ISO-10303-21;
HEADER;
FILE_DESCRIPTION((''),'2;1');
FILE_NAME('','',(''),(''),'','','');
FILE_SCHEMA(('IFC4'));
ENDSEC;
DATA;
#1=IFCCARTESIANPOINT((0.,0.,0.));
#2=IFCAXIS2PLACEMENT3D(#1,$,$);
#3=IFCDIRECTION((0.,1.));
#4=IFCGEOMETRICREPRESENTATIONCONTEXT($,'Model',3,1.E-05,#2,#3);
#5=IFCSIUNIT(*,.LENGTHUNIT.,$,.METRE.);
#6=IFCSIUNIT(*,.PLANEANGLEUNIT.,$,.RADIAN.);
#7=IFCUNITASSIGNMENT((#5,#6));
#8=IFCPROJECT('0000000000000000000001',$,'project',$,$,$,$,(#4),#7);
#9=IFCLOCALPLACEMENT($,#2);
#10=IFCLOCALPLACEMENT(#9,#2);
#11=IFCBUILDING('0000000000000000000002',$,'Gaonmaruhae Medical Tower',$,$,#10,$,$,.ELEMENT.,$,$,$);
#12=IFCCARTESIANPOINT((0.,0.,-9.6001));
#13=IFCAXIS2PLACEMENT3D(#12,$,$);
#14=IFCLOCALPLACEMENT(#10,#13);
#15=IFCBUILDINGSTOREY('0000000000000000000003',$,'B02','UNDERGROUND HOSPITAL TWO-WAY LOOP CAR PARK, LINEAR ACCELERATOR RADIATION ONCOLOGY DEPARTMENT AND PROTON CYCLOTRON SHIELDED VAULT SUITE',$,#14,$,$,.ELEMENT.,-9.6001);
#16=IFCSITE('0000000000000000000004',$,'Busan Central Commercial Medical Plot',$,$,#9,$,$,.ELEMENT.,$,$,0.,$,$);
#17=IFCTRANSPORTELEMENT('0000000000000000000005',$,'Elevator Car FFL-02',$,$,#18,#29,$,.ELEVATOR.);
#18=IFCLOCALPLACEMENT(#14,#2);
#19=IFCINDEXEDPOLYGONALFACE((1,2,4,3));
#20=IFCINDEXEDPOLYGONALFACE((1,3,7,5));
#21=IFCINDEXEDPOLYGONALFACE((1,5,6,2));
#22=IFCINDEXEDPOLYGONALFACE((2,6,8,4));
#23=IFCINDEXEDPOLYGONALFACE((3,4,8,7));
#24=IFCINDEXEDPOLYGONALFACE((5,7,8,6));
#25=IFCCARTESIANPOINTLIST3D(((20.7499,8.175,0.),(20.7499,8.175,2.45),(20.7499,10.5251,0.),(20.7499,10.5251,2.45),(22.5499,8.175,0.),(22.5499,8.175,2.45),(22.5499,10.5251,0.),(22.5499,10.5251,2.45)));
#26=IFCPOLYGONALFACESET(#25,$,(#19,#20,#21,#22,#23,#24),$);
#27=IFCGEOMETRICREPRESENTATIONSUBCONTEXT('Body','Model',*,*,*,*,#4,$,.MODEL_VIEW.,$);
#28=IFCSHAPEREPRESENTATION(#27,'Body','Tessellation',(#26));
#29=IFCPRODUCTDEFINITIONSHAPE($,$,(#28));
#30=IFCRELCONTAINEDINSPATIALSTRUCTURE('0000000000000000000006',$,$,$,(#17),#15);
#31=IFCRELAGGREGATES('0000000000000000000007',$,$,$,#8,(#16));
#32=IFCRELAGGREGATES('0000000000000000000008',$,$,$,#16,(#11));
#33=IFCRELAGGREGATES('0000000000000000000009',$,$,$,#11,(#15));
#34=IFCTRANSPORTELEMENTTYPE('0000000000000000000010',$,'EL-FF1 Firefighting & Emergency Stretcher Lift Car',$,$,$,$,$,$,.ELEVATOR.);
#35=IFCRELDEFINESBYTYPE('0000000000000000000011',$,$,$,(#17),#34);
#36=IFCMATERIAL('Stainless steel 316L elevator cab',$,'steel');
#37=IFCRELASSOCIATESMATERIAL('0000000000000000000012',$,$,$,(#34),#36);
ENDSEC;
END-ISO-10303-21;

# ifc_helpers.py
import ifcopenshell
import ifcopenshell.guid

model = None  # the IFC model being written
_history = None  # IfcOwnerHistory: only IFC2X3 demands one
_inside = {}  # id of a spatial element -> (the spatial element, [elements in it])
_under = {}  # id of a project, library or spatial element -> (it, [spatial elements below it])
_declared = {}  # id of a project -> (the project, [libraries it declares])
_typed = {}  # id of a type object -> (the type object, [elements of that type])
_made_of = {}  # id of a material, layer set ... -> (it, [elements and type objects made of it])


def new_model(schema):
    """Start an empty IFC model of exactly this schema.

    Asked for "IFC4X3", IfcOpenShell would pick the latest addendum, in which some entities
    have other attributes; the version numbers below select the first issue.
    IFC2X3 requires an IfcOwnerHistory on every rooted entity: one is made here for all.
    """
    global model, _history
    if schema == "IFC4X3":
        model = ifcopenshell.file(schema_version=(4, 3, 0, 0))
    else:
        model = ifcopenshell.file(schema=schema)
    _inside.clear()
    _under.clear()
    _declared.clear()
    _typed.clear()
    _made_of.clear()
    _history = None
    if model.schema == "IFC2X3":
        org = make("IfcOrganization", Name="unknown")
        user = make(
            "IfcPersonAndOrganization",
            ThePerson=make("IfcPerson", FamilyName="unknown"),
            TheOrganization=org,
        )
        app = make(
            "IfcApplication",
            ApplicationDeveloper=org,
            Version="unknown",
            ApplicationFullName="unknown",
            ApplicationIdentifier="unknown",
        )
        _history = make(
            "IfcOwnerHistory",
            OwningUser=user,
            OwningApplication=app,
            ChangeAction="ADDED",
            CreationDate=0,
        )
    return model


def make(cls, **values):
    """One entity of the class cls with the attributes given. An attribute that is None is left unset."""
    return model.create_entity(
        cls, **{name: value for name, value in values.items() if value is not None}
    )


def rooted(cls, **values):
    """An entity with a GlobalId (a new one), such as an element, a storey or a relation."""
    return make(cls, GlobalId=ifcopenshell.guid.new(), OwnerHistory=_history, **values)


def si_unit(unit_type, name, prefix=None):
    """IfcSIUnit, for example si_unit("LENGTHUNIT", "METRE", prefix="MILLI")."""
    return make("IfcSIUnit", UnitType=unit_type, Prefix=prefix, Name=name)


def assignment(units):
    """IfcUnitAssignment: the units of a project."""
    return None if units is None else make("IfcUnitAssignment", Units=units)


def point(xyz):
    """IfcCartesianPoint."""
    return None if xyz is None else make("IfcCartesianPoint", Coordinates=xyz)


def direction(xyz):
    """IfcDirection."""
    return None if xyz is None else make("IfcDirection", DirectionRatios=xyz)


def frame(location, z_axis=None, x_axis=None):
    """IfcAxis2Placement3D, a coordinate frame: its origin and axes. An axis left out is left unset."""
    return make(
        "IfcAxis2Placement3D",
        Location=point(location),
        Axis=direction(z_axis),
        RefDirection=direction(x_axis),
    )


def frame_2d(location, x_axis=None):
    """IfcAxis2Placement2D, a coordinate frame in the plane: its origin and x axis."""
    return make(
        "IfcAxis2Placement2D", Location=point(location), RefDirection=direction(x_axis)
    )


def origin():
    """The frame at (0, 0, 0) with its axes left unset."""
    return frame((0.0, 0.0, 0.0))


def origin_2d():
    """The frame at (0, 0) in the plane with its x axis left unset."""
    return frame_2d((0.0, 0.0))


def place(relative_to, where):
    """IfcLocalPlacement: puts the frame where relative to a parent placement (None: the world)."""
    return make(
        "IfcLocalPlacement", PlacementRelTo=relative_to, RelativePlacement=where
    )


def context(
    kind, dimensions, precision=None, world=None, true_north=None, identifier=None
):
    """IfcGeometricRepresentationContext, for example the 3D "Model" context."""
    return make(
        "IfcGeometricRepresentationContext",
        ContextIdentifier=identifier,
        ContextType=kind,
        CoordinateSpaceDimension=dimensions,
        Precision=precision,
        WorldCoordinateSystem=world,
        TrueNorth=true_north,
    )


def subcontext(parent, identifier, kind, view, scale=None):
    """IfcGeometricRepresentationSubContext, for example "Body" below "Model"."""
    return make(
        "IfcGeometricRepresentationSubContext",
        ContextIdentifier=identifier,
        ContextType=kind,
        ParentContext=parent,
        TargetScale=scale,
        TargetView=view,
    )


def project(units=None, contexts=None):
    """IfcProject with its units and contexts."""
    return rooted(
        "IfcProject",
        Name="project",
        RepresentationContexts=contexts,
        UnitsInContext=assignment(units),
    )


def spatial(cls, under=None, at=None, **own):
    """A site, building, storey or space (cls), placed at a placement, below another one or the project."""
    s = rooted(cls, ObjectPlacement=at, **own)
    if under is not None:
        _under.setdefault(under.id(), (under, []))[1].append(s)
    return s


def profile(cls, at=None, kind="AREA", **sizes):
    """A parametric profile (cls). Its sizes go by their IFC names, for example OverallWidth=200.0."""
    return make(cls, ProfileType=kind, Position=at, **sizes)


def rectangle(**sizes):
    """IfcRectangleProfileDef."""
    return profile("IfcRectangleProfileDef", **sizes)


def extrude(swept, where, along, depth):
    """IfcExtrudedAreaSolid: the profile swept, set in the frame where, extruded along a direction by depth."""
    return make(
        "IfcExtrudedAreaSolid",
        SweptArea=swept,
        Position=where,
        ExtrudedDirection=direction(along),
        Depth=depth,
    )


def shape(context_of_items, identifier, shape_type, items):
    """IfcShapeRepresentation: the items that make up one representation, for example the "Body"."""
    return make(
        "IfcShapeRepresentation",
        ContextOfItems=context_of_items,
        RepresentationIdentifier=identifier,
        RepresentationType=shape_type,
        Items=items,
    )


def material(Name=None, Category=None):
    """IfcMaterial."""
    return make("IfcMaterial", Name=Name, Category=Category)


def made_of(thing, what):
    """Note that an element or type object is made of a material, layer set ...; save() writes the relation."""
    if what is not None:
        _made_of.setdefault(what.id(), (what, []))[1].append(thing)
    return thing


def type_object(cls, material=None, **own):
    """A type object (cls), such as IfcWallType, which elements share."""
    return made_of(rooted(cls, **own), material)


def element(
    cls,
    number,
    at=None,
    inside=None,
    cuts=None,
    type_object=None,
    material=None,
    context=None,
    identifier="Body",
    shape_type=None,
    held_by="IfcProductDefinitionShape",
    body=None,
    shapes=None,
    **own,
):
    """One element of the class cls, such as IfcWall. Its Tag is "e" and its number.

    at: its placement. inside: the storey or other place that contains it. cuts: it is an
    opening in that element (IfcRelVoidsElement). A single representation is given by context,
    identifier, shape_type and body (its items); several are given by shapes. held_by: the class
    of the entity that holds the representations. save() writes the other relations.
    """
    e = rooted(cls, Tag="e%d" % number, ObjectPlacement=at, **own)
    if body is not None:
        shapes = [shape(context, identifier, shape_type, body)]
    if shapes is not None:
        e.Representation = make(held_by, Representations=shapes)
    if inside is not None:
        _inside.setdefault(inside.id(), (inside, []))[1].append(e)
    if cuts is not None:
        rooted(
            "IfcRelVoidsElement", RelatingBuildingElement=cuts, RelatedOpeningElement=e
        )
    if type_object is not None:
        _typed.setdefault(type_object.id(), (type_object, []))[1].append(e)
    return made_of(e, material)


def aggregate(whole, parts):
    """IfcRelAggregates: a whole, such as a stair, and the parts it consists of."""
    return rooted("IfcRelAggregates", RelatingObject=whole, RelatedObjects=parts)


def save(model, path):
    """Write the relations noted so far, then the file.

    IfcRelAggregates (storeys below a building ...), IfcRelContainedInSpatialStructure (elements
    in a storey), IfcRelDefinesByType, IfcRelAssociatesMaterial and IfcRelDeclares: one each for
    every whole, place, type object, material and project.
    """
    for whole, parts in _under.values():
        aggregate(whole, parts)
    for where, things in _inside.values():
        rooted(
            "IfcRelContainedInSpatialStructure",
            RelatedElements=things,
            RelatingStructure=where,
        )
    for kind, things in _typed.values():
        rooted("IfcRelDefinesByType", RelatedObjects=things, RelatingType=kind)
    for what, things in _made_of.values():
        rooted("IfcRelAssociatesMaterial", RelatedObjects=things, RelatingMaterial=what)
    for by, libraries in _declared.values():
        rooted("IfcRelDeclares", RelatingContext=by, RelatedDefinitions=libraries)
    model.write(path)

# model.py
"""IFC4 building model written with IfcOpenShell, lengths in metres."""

from ifc_helpers import new_model, si_unit, direction, frame, origin, origin_2d, place, context, subcontext, project, spatial, rectangle, extrude, material, type_object, element, save


model = new_model("IFC4")

# Units and contexts
model_context = context("Model", 3, precision=1e-05, world=origin(), true_north=direction((0.0, 1.0)))
body_context = subcontext(model_context, "Body", "Model", "MODEL_VIEW")
ifc_project = project(units=[si_unit("LENGTHUNIT", "METRE"), si_unit("PLANEANGLEUNIT", "RADIAN")], contexts=[model_context])

# Site, building, storey
site_placement = place(None, origin())
site = spatial("IfcSite", under=ifc_project, at=site_placement, Name="Busan Central Commercial Medical Plot", CompositionType="ELEMENT", RefElevation=0.0)
building_placement = place(site_placement, origin())
building = spatial("IfcBuilding", under=site, at=building_placement, Name="Gaonmaruhae Medical Tower", CompositionType="ELEMENT")
storey_placement = place(building_placement, frame((0.0, 0.0, -9.6001)))
storey = spatial("IfcBuildingStorey", under=building, at=storey_placement, Name="B02", Description="UNDERGROUND HOSPITAL TWO-WAY LOOP CAR PARK, LINEAR ACCELERATOR RADIATION ONCOLOGY DEPARTMENT AND PROTON CYCLOTRON SHIELDED VAULT SUITE", CompositionType="ELEMENT", Elevation=-9.6001)

# Transport element
ifc_material_1 = material(Name="Stainless steel 316L elevator cab", Category="steel")
transport_element_type = type_object("IfcTransportElementType", Name="EL-FF1 Firefighting & Emergency Stretcher Lift Car", PredefinedType="ELEVATOR", material=ifc_material_1)
for number, where, z_axis, x_axis, name in (
    (1, (21.6499, 9.3501, 0.0), (0.0, 0.0, 1.0), (1.0, 0.0, 0.0), "Elevator Car FFL-02"),
):
    element("IfcTransportElement", number, at=place(storey_placement, frame(where, z_axis=z_axis, x_axis=x_axis)), inside=storey, type_object=transport_element_type, Name=name, PredefinedType="ELEVATOR", context=body_context, shape_type="SweptSolid", body=[
        extrude(rectangle(XDim=1.8, YDim=2.3501, at=origin_2d()), origin(), (0.0, 0.0, 1.0), 2.45),
    ])

save(model, "model.ifc")
